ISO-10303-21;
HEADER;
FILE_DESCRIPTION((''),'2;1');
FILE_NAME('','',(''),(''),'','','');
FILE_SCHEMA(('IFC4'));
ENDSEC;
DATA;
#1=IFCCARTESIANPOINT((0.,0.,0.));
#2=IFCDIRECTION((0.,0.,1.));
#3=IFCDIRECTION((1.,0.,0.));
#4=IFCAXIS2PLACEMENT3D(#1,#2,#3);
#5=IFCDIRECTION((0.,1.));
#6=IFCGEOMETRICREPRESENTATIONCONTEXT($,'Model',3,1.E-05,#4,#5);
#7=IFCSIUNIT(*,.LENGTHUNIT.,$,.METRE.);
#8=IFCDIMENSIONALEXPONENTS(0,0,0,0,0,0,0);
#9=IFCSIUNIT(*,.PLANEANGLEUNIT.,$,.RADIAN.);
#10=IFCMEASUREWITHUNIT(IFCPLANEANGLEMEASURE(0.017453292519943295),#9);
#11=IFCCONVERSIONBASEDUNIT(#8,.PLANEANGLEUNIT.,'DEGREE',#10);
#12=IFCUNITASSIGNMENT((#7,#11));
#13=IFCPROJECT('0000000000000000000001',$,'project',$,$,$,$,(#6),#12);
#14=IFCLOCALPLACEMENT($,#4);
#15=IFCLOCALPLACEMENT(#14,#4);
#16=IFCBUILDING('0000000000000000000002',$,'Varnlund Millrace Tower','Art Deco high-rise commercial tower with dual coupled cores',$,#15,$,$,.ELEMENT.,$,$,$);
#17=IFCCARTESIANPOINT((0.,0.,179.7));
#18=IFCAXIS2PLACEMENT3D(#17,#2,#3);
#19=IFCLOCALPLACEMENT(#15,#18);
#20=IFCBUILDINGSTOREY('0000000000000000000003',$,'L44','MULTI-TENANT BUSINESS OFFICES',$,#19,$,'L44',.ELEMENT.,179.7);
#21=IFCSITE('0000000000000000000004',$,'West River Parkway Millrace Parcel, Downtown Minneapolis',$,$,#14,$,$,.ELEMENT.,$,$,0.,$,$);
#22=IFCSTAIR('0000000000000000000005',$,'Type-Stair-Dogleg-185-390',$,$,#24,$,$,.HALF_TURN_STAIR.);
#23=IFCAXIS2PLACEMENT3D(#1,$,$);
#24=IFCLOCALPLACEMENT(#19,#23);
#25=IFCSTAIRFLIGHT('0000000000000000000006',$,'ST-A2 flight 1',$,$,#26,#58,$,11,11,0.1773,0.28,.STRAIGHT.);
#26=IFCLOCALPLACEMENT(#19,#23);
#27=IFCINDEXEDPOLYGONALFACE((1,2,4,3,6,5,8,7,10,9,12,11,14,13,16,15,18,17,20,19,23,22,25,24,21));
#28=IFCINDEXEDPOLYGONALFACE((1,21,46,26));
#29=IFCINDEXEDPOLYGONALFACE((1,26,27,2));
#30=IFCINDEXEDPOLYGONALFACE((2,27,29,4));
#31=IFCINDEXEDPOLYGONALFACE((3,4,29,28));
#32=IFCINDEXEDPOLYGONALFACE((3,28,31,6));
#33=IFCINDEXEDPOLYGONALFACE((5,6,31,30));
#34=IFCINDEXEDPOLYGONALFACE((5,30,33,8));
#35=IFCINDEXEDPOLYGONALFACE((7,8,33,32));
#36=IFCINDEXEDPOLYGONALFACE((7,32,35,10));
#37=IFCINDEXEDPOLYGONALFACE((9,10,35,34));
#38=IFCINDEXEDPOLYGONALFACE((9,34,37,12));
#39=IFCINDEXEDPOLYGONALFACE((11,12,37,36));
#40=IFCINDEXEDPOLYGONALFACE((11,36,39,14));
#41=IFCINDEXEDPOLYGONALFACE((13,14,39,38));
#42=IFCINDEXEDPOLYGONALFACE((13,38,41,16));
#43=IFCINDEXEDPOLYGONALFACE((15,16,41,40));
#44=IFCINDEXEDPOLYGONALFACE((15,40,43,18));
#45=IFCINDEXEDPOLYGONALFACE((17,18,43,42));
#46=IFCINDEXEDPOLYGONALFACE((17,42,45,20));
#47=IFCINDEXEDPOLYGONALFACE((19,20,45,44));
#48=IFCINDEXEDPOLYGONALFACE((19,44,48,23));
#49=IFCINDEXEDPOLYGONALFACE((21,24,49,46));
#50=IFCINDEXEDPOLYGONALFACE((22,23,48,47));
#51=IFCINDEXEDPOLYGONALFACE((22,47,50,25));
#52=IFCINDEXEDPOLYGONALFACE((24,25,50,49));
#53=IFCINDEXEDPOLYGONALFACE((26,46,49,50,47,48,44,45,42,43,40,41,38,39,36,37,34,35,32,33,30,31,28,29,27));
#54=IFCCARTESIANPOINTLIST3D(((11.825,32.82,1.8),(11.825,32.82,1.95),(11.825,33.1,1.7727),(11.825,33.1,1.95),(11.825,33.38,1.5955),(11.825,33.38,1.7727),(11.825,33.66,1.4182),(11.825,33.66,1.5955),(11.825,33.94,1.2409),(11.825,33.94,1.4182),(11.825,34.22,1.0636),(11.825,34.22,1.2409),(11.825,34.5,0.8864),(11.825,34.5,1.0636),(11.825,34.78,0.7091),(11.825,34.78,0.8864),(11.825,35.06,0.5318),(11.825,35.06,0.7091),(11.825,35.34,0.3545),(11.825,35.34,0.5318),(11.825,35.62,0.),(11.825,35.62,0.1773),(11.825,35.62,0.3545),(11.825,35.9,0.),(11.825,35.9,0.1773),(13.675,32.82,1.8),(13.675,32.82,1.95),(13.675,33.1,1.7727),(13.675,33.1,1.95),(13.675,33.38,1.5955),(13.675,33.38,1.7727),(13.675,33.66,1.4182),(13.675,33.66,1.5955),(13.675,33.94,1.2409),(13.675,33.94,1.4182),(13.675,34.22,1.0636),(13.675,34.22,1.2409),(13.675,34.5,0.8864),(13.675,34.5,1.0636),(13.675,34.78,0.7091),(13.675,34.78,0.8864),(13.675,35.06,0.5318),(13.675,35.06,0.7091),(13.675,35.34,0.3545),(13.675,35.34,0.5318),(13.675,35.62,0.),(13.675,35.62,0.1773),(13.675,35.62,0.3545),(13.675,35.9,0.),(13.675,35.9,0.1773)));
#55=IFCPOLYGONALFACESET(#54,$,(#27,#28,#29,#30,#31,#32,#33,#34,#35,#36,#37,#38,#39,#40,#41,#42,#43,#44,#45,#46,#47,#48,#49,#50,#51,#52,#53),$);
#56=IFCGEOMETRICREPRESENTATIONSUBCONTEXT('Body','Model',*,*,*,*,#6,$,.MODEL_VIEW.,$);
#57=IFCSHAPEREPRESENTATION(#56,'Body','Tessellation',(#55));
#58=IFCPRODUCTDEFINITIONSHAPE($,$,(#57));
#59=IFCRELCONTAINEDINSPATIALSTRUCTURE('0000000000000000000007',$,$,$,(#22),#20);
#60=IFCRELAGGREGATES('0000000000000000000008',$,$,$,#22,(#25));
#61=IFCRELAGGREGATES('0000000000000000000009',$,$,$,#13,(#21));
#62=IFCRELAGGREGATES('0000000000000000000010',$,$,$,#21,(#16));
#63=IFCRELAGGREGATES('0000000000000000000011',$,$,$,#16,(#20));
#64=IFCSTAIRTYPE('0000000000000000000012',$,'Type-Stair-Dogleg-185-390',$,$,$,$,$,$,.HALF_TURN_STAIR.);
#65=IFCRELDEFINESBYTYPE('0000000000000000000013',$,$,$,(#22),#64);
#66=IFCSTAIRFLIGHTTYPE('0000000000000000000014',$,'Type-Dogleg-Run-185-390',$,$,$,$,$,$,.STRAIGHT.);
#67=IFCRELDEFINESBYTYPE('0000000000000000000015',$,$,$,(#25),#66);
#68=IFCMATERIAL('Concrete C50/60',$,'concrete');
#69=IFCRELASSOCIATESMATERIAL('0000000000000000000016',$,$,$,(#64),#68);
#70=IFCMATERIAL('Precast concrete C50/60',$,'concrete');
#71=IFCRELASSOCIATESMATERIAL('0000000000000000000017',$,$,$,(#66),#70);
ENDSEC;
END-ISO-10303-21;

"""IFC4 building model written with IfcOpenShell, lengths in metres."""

from ifc_helpers import new_model, entity, si_unit, converted_unit, direction, frame, origin_with_axes, place, context, subcontext, project, spatial, polyline, outline, extrude, material, type_object, element, aggregate, save


model = new_model("IFC4")

# Units and contexts
model_context = context("Model", 3, precision=1e-05, world=origin_with_axes(), true_north=direction((0.0, 1.0)))
body_context = subcontext(model_context, "Body", "Model", "MODEL_VIEW")
ifc_project = project(units=[si_unit("LENGTHUNIT", "METRE"), converted_unit("PLANEANGLEUNIT", "DEGREE", entity("IfcPlaneAngleMeasure", 0.017453292519943295), si_unit("PLANEANGLEUNIT", "RADIAN"), dimensions=[0, 0, 0, 0, 0, 0, 0])], contexts=[model_context])

# Site, building, storey
site_placement = place(None, origin_with_axes())
site = spatial("IfcSite", under=ifc_project, at=site_placement, Name="West River Parkway Millrace Parcel, Downtown Minneapolis", CompositionType="ELEMENT", RefElevation=0.0)
building_placement = place(site_placement, origin_with_axes())
building = spatial("IfcBuilding", under=site, at=building_placement, Name="Varnlund Millrace Tower", Description="Art Deco high-rise commercial tower with dual coupled cores", CompositionType="ELEMENT")
storey_placement = place(building_placement, frame((0.0, 0.0, 179.7), z_axis=(0.0, 0.0, 1.0), x_axis=(1.0, 0.0, 0.0)))
storey = spatial("IfcBuildingStorey", under=building, at=storey_placement, Name="L44", Description="MULTI-TENANT BUSINESS OFFICES", LongName="L44", CompositionType="ELEMENT", Elevation=179.7)

# Stair, stair flight
ifc_material_1 = material(Name="Concrete C50/60", Category="concrete")
ifc_material_2 = material(Name="Precast concrete C50/60", Category="concrete")
stair_type_1 = type_object("IfcStairType", Name="Type-Stair-Dogleg-185-390", PredefinedType="HALF_TURN_STAIR", material=ifc_material_1)
stair_1_placement = place(storey_placement, origin_with_axes())
stair_1 = element("IfcStair", 1, at=stair_1_placement, inside=storey, type_object=stair_type_1, Name="Type-Stair-Dogleg-185-390", PredefinedType="HALF_TURN_STAIR")
stair_flight_type_1 = type_object("IfcStairFlightType", Name="Type-Dogleg-Run-185-390", PredefinedType="STRAIGHT", material=ifc_material_2)
stair_flight_1_placement = place(storey_placement, frame((13.675, 35.9, 0.0), z_axis=(-1.0, 0.0, 0.0), x_axis=(0.0, -1.0, 0.0)))
stair_flight_1 = element("IfcStairFlight", 2, at=stair_flight_1_placement, type_object=stair_flight_type_1, Name="ST-A2 flight 1", NumberOfRisers=11, NumberOfTreads=11, PredefinedType="STRAIGHT", RiserHeight=0.1773, TreadLength=0.28, context=body_context, shape_type="SweptSolid", body=[
    extrude(outline(polyline([(0.0, 0.0), (0.0, 0.1773), (0.28, 0.1773), (0.28, 0.3545), (0.56, 0.3545), (0.56, 0.5318), (0.84, 0.5318), (0.84, 0.7091), (1.12, 0.7091), (1.12, 0.8864), (1.4, 0.8864), (1.4, 1.0636), (1.68, 1.0636), (1.68, 1.2409), (1.96, 1.2409), (1.96, 1.4182), (2.24, 1.4182), (2.24, 1.5955), (2.52, 1.5955), (2.52, 1.7727), (2.8, 1.7727), (2.8, 1.95), (3.08, 1.95), (3.08, 1.8), (0.28, 0.0), (0.0, 0.0)])), origin_with_axes(), (0.0, 0.0, 1.0), 1.85),
])
aggregate(stair_1, [stair_flight_1])

save(model, "model.ifc")
